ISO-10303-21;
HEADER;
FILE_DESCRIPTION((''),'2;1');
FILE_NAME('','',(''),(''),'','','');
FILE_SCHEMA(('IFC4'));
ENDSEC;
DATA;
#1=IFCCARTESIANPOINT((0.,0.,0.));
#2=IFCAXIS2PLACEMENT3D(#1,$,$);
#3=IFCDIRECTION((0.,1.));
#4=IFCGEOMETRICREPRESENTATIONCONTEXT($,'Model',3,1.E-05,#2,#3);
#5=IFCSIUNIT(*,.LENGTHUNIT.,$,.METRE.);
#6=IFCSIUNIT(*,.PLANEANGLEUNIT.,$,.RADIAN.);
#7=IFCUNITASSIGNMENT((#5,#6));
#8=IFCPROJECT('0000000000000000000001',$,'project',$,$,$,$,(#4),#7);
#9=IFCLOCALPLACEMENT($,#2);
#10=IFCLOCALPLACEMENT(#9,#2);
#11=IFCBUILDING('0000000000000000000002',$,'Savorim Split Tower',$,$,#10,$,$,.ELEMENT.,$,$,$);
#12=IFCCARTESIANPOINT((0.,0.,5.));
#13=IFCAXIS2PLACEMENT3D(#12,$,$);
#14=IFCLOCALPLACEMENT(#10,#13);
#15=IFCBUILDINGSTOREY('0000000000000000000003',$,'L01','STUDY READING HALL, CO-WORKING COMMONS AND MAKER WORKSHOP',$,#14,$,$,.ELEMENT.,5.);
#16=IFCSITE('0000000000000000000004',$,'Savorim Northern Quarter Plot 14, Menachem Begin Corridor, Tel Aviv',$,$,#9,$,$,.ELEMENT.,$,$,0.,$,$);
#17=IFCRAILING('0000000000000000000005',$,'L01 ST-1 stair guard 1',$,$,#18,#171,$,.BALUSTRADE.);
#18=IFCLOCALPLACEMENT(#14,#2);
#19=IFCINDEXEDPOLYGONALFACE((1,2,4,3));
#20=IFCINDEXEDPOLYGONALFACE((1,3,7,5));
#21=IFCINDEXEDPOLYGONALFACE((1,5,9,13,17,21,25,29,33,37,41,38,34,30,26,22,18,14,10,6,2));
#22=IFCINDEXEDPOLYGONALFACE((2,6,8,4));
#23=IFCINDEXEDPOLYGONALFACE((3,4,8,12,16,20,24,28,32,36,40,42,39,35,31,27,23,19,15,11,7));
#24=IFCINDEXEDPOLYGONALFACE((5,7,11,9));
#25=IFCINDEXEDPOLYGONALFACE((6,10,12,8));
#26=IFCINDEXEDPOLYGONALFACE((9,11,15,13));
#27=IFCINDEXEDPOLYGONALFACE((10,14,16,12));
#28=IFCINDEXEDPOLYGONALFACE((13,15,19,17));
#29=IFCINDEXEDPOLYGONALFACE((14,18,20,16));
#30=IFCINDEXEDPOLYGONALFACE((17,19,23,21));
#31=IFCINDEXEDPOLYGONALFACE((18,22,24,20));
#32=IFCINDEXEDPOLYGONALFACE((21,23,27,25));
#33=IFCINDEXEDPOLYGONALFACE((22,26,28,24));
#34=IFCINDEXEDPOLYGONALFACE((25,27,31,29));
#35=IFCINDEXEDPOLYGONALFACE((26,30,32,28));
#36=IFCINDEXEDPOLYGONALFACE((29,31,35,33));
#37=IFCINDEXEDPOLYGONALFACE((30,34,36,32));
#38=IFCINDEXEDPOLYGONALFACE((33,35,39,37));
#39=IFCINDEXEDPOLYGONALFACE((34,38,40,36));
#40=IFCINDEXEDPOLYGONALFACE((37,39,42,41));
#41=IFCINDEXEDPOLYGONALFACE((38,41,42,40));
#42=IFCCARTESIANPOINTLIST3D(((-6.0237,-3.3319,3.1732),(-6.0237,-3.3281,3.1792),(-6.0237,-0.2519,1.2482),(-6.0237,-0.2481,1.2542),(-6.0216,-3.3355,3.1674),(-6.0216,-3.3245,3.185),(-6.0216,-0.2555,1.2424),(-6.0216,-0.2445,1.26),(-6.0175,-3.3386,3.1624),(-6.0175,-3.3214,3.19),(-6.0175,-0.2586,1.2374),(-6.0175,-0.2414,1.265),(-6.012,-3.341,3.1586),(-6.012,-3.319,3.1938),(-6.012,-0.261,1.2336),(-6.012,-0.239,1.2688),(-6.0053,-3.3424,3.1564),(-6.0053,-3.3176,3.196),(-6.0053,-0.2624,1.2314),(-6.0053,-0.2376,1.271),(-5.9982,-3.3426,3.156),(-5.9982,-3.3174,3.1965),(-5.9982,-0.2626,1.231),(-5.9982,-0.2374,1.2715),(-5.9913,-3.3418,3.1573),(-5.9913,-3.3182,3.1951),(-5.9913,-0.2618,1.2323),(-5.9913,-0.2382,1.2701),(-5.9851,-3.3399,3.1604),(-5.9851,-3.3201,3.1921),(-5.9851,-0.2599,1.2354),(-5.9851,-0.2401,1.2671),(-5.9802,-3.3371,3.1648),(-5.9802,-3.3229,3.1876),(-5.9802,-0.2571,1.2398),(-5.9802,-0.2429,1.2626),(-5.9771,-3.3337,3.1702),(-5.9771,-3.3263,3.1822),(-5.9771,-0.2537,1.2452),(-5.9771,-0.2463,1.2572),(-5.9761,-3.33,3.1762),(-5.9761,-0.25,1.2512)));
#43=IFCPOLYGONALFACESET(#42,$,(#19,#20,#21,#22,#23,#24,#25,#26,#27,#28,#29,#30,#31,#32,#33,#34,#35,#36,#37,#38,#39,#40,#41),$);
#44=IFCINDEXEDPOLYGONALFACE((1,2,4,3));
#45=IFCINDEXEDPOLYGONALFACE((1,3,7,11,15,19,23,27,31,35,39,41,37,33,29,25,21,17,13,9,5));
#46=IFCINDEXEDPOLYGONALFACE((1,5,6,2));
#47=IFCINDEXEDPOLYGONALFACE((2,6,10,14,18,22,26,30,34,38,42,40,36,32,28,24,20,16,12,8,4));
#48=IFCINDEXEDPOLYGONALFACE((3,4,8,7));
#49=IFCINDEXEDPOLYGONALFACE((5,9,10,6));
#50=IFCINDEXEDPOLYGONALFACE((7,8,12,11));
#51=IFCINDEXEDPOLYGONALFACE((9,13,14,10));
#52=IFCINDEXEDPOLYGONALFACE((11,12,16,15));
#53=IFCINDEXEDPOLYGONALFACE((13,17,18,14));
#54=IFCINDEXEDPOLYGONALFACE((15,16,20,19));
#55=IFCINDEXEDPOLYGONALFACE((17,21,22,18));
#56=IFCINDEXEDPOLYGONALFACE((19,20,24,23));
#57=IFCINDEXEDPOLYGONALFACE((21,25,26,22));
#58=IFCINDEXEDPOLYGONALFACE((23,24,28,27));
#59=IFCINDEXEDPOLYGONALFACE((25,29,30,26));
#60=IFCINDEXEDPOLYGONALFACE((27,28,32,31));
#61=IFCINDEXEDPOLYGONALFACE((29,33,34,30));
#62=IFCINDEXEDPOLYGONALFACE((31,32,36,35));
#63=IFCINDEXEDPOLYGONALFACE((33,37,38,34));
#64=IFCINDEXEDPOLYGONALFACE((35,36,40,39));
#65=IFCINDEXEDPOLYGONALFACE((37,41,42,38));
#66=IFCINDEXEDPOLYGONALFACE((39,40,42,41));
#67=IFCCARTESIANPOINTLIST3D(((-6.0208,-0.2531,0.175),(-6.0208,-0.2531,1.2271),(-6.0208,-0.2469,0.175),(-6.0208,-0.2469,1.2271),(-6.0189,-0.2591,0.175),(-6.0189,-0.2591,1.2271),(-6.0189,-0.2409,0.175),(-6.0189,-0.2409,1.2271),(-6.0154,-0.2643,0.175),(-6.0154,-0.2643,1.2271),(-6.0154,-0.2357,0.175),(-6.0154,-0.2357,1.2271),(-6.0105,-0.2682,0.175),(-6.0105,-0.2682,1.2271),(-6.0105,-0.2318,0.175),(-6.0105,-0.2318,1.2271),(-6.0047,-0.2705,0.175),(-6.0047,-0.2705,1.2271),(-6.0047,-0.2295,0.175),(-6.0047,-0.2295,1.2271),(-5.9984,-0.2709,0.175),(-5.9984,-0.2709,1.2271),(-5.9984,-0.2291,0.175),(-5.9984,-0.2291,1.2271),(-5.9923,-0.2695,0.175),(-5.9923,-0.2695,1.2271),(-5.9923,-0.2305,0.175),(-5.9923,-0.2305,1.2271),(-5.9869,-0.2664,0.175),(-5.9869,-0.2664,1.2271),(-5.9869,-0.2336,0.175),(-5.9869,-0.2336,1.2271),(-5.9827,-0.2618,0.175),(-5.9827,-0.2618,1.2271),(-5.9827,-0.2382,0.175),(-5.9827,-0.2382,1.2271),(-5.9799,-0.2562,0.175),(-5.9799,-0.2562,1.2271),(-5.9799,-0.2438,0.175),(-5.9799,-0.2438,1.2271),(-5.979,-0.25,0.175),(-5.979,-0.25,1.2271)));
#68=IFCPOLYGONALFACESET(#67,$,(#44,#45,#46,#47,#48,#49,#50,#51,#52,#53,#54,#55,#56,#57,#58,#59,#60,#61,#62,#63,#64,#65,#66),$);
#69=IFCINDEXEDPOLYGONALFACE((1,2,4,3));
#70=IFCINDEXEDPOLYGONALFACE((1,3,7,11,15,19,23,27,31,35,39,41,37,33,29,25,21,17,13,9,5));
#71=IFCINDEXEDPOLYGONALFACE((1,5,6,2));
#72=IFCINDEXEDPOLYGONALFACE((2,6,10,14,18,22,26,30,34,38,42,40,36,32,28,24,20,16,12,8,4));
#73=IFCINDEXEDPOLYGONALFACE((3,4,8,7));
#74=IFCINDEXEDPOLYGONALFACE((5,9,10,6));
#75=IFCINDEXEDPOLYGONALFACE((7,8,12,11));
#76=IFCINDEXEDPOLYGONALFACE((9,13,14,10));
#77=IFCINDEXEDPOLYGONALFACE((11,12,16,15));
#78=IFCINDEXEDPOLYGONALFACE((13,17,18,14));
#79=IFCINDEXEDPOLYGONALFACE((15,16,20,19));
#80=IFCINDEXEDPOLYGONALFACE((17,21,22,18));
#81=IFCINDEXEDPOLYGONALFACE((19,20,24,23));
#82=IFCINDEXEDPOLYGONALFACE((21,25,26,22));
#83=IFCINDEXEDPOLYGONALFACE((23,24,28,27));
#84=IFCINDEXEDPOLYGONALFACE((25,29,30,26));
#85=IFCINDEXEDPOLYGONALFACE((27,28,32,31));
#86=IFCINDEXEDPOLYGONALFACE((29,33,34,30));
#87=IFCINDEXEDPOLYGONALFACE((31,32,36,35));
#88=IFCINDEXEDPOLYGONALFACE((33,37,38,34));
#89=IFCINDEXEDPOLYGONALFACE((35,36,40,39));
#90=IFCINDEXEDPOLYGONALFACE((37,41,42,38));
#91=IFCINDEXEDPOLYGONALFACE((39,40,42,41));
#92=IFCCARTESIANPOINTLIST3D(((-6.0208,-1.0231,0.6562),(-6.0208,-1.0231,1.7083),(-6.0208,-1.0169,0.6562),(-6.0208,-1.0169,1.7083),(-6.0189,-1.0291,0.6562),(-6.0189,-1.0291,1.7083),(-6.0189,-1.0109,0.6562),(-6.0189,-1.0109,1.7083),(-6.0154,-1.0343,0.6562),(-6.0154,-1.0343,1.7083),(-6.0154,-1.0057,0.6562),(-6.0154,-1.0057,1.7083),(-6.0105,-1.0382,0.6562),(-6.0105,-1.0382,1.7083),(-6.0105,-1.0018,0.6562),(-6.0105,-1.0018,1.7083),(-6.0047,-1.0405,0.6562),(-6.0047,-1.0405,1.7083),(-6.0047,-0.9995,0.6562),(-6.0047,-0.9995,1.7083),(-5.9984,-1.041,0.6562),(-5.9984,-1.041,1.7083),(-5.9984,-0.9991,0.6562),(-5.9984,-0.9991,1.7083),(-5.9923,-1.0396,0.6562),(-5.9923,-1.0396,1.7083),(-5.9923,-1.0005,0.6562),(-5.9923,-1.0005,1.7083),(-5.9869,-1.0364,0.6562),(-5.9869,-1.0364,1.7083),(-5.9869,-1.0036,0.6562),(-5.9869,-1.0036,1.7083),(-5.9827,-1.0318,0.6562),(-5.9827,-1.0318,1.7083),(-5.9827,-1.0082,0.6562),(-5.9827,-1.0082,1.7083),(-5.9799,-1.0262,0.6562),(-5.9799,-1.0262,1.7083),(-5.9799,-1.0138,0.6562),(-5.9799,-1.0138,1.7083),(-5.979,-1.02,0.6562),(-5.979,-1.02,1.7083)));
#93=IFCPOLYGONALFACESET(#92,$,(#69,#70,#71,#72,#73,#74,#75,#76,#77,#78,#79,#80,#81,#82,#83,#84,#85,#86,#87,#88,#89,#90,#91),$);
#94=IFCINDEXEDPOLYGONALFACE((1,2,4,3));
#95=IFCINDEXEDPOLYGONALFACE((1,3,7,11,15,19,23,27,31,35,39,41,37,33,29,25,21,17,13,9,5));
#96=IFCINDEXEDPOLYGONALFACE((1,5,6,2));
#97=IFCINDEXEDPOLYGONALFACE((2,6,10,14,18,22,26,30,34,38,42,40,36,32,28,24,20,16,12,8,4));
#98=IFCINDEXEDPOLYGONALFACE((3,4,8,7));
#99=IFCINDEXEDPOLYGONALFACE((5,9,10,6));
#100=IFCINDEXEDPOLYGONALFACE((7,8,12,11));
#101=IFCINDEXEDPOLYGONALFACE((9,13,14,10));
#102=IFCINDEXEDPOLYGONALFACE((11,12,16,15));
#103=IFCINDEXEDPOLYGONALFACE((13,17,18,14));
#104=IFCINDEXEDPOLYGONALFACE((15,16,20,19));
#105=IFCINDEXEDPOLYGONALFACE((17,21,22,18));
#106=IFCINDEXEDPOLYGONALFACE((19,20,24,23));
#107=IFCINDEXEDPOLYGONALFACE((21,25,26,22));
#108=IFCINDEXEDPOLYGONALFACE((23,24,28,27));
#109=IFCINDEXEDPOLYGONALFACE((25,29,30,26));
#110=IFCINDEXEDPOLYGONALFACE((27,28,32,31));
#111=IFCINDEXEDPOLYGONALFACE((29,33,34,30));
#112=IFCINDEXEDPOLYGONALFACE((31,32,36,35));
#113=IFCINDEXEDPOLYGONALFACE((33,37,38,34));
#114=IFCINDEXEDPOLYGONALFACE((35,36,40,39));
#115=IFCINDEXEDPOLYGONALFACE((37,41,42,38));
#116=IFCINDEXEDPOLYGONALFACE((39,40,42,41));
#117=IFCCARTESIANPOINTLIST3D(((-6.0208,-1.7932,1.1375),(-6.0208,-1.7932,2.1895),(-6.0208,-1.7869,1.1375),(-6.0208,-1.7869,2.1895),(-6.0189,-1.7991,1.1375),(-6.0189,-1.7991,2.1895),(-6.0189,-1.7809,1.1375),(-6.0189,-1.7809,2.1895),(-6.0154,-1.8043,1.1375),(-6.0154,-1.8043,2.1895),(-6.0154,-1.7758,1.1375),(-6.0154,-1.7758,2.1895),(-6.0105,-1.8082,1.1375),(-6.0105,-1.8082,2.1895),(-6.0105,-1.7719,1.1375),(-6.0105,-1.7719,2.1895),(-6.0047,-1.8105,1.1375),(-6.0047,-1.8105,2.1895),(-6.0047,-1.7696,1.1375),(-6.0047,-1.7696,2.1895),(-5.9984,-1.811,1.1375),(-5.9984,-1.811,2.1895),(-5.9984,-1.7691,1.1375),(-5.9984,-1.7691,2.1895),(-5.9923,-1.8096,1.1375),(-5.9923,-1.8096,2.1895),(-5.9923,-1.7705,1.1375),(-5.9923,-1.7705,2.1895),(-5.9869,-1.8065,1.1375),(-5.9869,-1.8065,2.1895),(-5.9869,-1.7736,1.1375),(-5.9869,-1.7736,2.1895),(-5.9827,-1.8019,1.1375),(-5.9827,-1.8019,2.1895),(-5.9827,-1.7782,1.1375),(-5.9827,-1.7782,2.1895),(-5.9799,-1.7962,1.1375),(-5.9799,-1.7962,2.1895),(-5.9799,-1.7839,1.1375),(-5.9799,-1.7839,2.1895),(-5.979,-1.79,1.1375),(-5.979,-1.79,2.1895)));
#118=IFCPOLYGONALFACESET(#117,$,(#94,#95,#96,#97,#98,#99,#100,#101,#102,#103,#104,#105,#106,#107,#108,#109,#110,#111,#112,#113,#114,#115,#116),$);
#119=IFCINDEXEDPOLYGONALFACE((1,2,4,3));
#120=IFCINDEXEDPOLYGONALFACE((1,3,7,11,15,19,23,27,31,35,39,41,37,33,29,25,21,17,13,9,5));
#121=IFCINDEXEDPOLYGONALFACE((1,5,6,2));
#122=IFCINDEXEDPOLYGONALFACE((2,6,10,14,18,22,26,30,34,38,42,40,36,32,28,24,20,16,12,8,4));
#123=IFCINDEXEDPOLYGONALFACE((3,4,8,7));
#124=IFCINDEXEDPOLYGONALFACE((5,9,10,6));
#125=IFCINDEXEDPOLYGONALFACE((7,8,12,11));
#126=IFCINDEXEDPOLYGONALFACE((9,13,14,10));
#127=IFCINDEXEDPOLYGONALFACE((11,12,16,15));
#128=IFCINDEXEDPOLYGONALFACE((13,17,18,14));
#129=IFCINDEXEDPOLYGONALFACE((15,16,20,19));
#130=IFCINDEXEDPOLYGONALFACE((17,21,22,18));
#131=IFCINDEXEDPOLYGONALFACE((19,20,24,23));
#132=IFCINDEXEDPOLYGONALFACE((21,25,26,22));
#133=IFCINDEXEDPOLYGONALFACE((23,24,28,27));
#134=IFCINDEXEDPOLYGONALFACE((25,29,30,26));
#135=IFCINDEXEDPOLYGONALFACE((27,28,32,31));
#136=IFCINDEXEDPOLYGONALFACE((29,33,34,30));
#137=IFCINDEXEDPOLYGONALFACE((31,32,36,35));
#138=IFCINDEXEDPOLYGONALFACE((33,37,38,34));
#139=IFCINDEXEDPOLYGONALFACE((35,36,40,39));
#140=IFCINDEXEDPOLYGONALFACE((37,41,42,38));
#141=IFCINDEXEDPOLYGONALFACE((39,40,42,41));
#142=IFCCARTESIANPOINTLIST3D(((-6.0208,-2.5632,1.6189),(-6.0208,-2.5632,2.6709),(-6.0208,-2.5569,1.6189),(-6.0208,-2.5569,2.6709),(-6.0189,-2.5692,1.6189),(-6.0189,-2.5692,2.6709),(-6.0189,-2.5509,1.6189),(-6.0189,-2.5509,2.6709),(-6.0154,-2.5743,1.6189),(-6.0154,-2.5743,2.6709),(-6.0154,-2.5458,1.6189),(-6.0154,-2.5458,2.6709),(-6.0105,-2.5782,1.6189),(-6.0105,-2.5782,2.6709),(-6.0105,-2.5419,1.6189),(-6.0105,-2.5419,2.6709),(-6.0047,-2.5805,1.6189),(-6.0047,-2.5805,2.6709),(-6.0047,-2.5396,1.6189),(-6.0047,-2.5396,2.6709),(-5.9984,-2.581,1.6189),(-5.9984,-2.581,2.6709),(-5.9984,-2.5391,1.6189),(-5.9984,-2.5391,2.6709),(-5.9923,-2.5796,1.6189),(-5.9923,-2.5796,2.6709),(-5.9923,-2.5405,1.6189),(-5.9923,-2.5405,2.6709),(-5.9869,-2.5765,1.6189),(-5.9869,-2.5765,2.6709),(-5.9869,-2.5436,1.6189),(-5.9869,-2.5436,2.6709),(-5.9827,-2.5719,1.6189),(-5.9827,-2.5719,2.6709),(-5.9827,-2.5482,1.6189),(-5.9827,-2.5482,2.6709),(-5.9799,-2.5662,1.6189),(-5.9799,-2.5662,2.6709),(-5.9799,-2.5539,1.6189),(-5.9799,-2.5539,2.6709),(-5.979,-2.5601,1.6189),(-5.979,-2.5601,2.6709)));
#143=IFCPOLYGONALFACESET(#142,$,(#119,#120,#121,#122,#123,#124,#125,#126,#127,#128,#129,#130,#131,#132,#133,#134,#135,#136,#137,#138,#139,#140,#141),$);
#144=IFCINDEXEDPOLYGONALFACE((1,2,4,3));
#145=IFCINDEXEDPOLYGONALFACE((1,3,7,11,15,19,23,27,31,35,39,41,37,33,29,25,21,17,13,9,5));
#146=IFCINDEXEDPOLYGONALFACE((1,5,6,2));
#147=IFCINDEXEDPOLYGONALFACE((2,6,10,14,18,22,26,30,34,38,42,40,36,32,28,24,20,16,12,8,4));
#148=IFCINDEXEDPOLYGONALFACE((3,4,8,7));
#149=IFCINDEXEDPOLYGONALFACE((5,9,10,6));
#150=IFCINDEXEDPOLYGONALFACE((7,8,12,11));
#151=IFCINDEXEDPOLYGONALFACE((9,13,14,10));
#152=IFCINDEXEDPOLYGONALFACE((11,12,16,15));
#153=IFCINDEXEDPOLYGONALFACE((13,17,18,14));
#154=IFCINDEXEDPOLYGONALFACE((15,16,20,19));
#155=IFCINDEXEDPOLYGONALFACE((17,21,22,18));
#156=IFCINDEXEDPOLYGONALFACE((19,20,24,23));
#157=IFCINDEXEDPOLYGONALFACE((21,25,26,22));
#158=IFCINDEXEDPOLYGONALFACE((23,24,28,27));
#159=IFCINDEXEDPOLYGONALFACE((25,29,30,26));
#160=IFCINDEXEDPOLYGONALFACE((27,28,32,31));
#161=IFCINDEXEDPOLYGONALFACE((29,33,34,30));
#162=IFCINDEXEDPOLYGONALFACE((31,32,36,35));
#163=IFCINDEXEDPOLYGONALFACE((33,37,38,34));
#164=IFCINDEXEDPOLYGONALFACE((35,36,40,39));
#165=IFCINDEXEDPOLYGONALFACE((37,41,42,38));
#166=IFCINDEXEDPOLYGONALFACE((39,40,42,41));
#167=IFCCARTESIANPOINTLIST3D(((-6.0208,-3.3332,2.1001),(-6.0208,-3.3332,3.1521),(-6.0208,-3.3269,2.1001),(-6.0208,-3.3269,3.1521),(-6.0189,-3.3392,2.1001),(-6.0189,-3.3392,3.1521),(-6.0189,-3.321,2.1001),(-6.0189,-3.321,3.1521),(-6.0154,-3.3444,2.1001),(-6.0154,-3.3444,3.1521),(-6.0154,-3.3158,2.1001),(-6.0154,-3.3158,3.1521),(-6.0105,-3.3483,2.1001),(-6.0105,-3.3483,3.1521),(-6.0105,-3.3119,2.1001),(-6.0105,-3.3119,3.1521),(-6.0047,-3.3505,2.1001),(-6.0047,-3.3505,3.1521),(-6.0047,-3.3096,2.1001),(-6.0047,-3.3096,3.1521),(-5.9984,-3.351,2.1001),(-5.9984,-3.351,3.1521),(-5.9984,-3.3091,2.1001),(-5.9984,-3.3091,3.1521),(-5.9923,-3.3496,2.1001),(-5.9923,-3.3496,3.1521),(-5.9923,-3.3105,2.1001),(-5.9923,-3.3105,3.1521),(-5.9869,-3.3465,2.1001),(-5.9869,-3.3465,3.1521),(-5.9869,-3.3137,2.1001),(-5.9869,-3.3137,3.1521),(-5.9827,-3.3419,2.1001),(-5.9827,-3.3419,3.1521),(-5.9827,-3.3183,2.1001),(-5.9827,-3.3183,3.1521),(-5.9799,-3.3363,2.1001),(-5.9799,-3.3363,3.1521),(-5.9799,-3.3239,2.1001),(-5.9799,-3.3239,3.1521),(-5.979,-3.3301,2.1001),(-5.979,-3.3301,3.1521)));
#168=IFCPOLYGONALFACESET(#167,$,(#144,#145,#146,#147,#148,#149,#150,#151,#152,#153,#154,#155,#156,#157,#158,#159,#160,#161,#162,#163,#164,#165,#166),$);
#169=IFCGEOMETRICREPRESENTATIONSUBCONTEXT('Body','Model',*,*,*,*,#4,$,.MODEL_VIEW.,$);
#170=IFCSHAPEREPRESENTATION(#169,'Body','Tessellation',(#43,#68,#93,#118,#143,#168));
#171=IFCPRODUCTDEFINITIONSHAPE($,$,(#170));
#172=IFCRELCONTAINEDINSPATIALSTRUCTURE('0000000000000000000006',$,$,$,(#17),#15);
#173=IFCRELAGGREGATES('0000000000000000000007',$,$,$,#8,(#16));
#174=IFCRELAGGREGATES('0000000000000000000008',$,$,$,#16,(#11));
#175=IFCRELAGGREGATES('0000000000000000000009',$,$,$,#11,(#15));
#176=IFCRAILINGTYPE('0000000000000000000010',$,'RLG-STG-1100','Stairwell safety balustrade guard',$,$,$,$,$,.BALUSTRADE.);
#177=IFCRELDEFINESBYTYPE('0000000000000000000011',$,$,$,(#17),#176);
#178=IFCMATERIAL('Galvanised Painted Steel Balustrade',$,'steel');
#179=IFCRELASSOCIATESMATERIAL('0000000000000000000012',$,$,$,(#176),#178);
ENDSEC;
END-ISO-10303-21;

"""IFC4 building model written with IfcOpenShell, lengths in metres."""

from ifc_helpers import new_model, si_unit, direction, frame, origin, origin_2d, place, context, subcontext, project, spatial, circle, extrude, material, type_object, element, save


model = new_model("IFC4")

# Units and contexts
model_context = context("Model", 3, precision=1e-05, world=origin(), true_north=direction((0.0, 1.0)))
body_context = subcontext(model_context, "Body", "Model", "MODEL_VIEW")
ifc_project = project(units=[si_unit("LENGTHUNIT", "METRE"), si_unit("PLANEANGLEUNIT", "RADIAN")], contexts=[model_context])

# Site, building, storey
site_placement = place(None, origin())
site = spatial("IfcSite", under=ifc_project, at=site_placement, Name="Savorim Northern Quarter Plot 14, Menachem Begin Corridor, Tel Aviv", CompositionType="ELEMENT", RefElevation=0.0)
building_placement = place(site_placement, origin())
building = spatial("IfcBuilding", under=site, at=building_placement, Name="Savorim Split Tower", CompositionType="ELEMENT")
storey_placement = place(building_placement, frame((0.0, 0.0, 5.0)))
storey = spatial("IfcBuildingStorey", under=building, at=storey_placement, Name="L01", Description="STUDY READING HALL, CO-WORKING COMMONS AND MAKER WORKSHOP", CompositionType="ELEMENT", Elevation=5.0)

# Railing
ifc_material_1 = material(Name="Galvanised Painted Steel Balustrade", Category="steel")
railing_type_1 = type_object("IfcRailingType", Name="RLG-STG-1100", Description="Stairwell safety balustrade guard", PredefinedType="BALUSTRADE", material=ifc_material_1)
railing_1_placement = place(storey_placement, frame((-6.0, -0.25, 0.175)))
element("IfcRailing", 1, at=railing_1_placement, inside=storey, type_object=railing_type_1, Name="L01 ST-1 stair guard 1", PredefinedType="BALUSTRADE", context=body_context, shape_type="SweptSolid", body=[
    extrude(circle(Radius=0.0239, at=origin_2d()), frame((0.0, 0.0, 1.0762), z_axis=(0.0, -0.847998, 0.529999), x_axis=(1.0, 0.0, 0.0)), (0.0, 0.0, 1.0), 3.6321),
    extrude(circle(Radius=0.021, at=origin_2d()), origin(), (0.0, 0.0, 1.0), 1.052),
    extrude(circle(Radius=0.021, at=origin_2d()), frame((0.0, -0.77, 0.4812)), (0.0, 0.0, 1.0), 1.052),
    extrude(circle(Radius=0.021, at=origin_2d()), frame((0.0, -1.54, 0.9624)), (0.0, 0.0, 1.0), 1.052),
    extrude(circle(Radius=0.021, at=origin_2d()), frame((0.0, -2.3101, 1.4438)), (0.0, 0.0, 1.0), 1.052),
    extrude(circle(Radius=0.021, at=origin_2d()), frame((0.0, -3.0801, 1.925)), (0.0, 0.0, 1.0), 1.052),
])

save(model, "model.ifc")
